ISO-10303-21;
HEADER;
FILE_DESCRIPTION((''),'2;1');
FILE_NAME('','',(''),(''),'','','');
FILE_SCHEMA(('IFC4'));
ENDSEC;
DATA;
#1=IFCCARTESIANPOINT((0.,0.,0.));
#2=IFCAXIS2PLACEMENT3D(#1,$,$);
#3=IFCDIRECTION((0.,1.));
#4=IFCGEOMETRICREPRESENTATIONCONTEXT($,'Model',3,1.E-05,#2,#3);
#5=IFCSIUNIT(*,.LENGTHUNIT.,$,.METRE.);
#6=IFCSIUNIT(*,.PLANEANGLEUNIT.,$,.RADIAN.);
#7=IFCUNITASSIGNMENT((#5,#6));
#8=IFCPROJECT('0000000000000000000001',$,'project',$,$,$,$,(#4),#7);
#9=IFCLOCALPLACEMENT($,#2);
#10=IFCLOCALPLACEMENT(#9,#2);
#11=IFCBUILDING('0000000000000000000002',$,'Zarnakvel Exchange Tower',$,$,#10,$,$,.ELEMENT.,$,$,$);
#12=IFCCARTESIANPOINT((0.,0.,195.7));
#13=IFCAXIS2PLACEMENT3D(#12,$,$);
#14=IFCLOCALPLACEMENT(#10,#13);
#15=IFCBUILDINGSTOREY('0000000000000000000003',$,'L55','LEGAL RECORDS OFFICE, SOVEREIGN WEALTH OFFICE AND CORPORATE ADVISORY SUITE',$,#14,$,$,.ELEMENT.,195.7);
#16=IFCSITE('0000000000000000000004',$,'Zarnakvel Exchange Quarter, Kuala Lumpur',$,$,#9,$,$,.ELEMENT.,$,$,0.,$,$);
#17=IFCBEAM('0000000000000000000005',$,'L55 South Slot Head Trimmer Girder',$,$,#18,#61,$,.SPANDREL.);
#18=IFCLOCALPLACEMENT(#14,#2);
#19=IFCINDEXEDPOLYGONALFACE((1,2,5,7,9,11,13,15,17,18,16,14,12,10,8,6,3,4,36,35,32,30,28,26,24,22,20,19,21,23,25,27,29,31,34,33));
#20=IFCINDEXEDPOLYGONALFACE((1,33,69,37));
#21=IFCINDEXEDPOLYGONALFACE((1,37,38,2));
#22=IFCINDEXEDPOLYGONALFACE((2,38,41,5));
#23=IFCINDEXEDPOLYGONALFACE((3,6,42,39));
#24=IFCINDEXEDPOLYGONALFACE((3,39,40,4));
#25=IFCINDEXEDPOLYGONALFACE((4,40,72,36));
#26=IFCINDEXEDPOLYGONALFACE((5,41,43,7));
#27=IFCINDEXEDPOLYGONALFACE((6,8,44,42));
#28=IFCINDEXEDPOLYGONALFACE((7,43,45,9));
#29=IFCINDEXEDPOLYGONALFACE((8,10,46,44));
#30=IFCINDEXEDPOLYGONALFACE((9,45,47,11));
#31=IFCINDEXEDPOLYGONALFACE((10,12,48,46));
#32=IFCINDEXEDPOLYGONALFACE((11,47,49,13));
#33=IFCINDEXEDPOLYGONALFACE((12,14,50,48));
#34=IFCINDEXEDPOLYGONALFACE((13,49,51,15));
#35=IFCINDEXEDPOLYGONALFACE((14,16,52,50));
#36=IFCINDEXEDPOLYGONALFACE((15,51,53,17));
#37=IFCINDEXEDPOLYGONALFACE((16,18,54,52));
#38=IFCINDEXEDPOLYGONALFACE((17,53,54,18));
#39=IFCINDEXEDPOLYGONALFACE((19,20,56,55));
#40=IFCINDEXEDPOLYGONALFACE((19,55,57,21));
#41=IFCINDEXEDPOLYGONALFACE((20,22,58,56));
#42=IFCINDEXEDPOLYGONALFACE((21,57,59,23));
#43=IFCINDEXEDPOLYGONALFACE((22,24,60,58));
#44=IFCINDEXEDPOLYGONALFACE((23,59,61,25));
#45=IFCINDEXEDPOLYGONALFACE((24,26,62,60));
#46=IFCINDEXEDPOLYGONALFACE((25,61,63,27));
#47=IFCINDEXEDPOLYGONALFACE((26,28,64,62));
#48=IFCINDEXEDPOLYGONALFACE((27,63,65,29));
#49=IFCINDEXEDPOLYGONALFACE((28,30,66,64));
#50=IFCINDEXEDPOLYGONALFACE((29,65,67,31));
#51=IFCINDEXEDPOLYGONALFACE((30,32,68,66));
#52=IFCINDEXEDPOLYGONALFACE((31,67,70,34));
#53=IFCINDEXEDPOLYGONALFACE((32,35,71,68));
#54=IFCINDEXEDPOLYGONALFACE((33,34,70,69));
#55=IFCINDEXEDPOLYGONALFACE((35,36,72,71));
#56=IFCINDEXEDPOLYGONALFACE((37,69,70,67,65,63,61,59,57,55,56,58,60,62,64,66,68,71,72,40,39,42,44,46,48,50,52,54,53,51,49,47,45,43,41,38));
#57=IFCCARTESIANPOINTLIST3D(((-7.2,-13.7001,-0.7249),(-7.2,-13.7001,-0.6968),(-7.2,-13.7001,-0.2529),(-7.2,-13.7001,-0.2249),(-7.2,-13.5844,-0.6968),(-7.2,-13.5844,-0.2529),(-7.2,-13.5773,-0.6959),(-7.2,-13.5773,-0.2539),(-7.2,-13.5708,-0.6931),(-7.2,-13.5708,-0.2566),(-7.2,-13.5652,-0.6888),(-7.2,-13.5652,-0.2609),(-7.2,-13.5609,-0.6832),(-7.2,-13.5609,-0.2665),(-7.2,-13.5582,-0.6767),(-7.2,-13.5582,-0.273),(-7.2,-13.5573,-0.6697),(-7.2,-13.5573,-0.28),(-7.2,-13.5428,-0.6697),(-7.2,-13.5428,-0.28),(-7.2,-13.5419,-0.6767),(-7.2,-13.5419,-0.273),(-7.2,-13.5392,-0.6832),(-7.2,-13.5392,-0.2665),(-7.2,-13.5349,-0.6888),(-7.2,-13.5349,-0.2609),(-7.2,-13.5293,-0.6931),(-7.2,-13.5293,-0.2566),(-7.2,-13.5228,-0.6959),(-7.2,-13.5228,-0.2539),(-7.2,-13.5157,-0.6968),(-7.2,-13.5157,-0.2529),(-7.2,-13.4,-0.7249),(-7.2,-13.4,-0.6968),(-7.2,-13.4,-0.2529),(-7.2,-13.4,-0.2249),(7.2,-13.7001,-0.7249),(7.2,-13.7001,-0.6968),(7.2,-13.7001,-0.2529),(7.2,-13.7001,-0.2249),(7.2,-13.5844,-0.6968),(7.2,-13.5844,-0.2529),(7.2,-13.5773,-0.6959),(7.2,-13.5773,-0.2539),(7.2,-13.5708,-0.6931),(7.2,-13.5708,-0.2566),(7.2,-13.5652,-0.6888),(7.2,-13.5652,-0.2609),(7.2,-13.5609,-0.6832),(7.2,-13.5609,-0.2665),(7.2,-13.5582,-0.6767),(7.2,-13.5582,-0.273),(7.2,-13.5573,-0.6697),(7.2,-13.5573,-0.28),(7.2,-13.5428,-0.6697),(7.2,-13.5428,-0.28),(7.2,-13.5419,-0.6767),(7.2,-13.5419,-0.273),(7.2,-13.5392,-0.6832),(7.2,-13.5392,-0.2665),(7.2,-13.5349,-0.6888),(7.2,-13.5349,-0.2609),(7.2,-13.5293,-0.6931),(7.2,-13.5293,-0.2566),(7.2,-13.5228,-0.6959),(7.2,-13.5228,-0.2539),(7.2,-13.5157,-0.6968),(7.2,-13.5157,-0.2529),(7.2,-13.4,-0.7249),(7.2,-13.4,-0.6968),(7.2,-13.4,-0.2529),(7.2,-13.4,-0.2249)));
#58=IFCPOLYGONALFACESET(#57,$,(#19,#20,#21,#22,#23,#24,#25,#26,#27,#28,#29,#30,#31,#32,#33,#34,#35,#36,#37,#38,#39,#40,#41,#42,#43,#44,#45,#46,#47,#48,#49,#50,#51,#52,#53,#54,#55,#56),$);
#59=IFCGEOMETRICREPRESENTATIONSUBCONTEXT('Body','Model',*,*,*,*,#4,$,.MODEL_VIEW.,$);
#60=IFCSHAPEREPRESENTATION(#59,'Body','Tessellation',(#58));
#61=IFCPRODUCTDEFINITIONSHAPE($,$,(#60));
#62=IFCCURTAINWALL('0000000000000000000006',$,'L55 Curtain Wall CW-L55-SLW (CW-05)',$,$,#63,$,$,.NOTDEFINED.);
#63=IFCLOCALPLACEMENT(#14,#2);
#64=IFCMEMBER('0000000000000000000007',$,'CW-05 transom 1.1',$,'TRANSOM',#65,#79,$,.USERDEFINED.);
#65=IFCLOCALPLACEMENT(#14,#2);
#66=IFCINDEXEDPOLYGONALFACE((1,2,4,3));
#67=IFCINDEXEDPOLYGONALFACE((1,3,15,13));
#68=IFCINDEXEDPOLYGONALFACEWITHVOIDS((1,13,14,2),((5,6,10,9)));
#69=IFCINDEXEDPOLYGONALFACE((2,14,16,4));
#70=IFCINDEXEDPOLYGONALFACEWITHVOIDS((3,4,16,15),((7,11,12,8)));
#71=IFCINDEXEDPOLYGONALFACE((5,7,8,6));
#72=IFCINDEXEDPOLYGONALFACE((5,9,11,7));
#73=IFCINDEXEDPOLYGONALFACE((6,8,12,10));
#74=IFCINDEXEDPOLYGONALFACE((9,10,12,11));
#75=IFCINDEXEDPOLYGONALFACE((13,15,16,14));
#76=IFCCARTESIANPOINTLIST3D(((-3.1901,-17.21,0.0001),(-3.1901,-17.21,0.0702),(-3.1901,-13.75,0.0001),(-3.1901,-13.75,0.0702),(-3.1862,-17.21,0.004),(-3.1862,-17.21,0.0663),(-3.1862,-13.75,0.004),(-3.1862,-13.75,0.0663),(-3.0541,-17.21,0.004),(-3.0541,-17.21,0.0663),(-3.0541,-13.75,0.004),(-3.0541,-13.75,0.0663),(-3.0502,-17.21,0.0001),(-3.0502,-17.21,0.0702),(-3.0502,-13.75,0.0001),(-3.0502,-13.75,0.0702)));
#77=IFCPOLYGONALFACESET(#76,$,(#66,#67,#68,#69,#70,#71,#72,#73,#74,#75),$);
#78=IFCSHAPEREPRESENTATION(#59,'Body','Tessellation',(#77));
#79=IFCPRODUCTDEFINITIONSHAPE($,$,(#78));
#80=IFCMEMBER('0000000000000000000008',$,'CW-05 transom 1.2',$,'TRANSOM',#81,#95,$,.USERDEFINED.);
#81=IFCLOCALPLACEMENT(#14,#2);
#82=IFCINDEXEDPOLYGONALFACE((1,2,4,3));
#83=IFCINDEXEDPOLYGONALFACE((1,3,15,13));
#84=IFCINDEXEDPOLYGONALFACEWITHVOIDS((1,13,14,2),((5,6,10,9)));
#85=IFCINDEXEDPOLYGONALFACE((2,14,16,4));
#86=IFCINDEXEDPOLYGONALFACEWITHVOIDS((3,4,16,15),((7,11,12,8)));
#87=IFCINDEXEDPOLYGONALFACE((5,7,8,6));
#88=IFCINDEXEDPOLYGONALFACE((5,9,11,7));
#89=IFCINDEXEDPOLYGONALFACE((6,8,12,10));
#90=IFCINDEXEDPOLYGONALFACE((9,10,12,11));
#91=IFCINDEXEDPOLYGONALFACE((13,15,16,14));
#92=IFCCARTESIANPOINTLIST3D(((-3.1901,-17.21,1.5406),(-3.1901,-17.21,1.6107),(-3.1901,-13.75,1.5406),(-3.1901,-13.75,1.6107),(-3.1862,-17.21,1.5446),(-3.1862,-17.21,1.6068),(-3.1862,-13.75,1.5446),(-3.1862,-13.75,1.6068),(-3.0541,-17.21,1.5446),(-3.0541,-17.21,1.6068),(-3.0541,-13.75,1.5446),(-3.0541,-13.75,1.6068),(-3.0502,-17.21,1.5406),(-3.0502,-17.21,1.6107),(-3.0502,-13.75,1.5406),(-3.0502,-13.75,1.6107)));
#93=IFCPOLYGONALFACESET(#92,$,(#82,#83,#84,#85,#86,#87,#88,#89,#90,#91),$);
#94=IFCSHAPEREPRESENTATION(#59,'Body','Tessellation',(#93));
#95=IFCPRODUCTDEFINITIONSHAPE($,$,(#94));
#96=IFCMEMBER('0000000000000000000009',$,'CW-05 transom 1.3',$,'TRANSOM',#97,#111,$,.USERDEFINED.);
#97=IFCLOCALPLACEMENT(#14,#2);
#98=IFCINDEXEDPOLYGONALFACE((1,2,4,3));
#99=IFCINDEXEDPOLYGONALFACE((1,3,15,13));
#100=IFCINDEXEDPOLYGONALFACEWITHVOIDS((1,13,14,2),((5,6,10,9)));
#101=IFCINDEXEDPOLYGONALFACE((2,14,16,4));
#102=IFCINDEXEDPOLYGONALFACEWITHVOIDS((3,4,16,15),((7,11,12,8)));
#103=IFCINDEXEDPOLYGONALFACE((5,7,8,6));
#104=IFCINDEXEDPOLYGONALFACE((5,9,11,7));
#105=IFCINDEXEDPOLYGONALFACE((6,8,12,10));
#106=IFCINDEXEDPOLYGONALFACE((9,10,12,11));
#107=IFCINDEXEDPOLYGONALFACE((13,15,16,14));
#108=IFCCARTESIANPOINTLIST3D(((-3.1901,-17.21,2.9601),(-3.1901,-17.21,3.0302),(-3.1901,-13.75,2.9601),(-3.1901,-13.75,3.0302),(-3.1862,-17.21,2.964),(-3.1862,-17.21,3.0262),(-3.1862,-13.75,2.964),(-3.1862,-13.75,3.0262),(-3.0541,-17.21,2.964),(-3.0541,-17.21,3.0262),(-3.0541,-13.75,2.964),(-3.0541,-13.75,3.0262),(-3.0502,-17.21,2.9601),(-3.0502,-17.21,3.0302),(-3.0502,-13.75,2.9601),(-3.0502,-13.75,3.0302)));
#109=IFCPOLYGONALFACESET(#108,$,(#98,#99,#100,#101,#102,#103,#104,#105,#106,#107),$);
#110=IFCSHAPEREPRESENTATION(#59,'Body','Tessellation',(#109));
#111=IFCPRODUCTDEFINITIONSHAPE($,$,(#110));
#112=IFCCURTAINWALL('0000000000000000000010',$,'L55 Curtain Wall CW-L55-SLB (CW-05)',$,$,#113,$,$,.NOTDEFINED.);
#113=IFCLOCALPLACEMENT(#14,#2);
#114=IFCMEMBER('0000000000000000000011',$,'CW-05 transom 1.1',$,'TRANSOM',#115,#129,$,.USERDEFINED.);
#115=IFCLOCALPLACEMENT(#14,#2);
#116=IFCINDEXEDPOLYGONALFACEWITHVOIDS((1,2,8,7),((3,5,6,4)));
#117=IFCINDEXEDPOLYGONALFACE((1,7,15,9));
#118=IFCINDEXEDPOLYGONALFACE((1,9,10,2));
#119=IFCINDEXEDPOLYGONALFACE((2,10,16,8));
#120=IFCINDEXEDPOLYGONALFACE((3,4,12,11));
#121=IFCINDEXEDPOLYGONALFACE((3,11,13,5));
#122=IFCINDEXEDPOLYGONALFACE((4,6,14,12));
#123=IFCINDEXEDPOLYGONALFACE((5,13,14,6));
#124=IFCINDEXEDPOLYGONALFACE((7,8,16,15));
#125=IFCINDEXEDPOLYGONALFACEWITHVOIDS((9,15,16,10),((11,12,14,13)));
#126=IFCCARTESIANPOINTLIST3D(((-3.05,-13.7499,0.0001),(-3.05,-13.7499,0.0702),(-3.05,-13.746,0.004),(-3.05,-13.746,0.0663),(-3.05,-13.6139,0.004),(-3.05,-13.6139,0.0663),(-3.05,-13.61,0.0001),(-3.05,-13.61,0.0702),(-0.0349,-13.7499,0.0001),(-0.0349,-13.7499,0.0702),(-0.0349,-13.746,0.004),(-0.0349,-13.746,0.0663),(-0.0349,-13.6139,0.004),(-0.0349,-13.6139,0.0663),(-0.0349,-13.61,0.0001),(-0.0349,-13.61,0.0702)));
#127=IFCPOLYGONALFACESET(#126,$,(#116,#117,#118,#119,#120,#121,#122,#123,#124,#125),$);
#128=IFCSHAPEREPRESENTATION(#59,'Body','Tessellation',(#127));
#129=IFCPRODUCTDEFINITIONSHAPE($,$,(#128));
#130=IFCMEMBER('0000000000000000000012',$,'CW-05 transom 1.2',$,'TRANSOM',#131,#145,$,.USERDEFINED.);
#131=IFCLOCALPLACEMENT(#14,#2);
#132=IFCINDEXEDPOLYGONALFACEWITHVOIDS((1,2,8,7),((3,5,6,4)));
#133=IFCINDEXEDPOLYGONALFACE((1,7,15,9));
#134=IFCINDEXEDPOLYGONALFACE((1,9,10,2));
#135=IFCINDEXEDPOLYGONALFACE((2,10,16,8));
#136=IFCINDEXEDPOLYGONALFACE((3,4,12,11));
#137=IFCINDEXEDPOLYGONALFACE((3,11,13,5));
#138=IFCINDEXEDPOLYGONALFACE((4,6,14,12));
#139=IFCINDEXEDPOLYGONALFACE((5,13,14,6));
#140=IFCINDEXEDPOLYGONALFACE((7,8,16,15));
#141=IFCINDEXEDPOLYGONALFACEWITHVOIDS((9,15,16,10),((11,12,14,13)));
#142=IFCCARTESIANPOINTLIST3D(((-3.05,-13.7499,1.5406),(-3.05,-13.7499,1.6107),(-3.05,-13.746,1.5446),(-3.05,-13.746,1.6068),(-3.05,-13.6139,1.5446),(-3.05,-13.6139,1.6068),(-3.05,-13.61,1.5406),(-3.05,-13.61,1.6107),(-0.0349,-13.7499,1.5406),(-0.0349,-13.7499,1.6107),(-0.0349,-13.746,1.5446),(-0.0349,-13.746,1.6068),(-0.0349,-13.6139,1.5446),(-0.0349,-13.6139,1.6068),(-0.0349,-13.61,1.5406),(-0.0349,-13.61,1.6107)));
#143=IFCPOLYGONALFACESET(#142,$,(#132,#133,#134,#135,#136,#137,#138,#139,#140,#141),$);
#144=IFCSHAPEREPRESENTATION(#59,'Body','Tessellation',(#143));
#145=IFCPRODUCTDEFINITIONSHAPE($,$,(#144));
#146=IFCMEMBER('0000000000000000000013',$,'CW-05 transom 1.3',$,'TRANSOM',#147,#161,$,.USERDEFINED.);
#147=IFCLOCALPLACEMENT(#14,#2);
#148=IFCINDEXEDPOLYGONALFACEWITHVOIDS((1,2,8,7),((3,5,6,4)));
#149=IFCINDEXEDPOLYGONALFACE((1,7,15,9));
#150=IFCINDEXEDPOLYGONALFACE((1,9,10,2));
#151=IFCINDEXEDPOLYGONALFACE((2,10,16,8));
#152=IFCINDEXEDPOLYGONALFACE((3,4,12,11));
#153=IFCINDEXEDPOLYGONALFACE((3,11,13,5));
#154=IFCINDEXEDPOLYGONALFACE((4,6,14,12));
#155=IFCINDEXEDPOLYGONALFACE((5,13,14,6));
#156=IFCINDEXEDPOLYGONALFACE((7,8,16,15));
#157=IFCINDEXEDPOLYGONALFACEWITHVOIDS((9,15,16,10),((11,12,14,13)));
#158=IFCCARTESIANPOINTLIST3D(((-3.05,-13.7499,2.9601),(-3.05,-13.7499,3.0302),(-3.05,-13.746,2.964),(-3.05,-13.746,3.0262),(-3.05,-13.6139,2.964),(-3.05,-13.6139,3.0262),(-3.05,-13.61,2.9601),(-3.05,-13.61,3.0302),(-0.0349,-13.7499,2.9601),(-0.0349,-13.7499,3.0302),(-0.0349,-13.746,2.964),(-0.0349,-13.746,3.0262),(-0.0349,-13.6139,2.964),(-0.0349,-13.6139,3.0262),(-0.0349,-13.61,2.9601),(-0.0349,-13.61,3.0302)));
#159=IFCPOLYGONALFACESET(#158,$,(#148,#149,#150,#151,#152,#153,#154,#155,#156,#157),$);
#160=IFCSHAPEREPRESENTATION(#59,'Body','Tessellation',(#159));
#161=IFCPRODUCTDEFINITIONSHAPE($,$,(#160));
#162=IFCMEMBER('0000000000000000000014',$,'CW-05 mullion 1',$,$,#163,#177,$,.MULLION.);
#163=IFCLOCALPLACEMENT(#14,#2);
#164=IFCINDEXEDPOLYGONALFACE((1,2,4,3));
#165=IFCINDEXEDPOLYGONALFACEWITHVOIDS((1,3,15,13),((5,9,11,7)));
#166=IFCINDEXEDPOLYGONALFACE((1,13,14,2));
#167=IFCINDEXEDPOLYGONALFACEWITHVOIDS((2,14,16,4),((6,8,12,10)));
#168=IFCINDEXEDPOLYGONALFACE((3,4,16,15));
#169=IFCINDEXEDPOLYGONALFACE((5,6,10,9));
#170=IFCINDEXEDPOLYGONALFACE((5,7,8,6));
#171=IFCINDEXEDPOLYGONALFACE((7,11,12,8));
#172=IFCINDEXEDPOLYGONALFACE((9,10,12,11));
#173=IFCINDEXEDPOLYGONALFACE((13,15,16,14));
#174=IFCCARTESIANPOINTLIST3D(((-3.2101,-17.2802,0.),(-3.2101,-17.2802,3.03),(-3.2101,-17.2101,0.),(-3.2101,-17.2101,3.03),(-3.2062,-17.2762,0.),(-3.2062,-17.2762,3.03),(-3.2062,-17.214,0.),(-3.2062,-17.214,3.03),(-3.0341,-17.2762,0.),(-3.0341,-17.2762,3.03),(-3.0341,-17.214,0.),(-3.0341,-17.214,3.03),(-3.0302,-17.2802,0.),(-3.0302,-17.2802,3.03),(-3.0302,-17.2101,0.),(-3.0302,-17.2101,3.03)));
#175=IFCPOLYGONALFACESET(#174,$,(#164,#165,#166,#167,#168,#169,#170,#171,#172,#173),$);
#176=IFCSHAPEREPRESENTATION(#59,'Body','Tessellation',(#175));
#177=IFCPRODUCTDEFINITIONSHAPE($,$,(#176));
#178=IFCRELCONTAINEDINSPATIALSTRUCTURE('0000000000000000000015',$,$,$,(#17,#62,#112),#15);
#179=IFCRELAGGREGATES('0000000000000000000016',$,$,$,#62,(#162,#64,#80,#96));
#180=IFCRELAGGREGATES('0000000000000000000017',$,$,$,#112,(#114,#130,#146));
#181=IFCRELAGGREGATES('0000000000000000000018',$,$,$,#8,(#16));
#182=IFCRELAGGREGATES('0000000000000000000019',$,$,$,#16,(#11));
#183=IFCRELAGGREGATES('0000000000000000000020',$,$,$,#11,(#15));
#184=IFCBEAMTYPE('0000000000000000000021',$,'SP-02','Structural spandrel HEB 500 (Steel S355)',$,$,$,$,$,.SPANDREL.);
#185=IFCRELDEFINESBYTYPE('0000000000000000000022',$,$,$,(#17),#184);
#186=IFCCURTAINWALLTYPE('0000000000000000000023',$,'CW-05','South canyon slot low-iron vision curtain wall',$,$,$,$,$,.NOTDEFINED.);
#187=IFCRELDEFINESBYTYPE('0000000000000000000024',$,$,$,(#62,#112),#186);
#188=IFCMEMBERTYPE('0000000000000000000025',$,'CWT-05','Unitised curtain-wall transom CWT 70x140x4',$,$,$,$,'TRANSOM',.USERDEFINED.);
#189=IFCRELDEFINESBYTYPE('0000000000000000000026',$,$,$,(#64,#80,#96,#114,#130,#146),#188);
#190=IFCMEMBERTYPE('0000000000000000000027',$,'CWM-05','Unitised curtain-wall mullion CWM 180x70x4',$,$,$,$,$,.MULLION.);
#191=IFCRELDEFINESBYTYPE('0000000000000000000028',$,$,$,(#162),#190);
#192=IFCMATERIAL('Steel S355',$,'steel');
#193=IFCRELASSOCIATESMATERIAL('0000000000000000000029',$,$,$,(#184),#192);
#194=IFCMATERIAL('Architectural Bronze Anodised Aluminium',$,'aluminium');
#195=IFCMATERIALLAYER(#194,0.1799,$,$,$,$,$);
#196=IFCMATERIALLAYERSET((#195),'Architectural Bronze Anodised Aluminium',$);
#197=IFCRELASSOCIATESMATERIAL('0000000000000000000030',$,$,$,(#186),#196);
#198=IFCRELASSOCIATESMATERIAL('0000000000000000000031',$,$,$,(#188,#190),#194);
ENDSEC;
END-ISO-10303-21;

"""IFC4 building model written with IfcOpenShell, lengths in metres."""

from ifc_helpers import new_model, si_unit, direction, frame, origin, origin_2d, place, context, subcontext, project, spatial, hollow_rectangle, i_section, extrude, source, transform, mapped, material, layer, layer_set, material_profile, profile_set, type_object, element, aggregate, save


model = new_model("IFC4")

# Units and contexts
model_context = context("Model", 3, precision=1e-05, world=origin(), true_north=direction((0.0, 1.0)))
body_context = subcontext(model_context, "Body", "Model", "MODEL_VIEW")
ifc_project = project(units=[si_unit("LENGTHUNIT", "METRE"), si_unit("PLANEANGLEUNIT", "RADIAN")], contexts=[model_context])

# Site, building, storey
site_placement = place(None, origin())
site = spatial("IfcSite", under=ifc_project, at=site_placement, Name="Zarnakvel Exchange Quarter, Kuala Lumpur", CompositionType="ELEMENT", RefElevation=0.0)
building_placement = place(site_placement, origin())
building = spatial("IfcBuilding", under=site, at=building_placement, Name="Zarnakvel Exchange Tower", CompositionType="ELEMENT")
storey_placement = place(building_placement, frame((0.0, 0.0, 195.7)))
storey = spatial("IfcBuildingStorey", under=building, at=storey_placement, Name="L55", Description="LEGAL RECORDS OFFICE, SOVEREIGN WEALTH OFFICE AND CORPORATE ADVISORY SUITE", CompositionType="ELEMENT", Elevation=195.7)

# Beam
ifc_material_1 = material(Name="Steel S355", Category="steel")
ifc_material_profile_1 = material_profile(ifc_material_1, i_section(OverallWidth=0.3, OverallDepth=0.5, WebThickness=0.0144, FlangeThickness=0.0281, FilletRadius=0.0271, at=origin_2d()))
ifc_profile_set_1 = profile_set([ifc_material_profile_1], Name="Steel S355")
beam_type_1 = type_object("IfcBeamType", Name="SP-02", Description="Structural spandrel HEB 500 (Steel S355)", PredefinedType="SPANDREL", material=ifc_profile_set_1)
beam_1_placement = place(storey_placement, frame((-7.2, -13.55, -0.4749), z_axis=(1.0, 0.0, 0.0), x_axis=(0.0, 1.0, 0.0)))
element("IfcBeam", 1, at=beam_1_placement, inside=storey, type_object=beam_type_1, Name="L55 South Slot Head Trimmer Girder", PredefinedType="SPANDREL", context=body_context, shape_type="SweptSolid", body=[
    extrude(i_section(OverallWidth=0.3, OverallDepth=0.5, WebThickness=0.0144, FlangeThickness=0.0281, FilletRadius=0.0271, at=origin_2d()), origin(), (0.0, 0.0, 1.0), 14.3999),
])

# Curtain walls, members
ifc_material_2 = material(Name="Architectural Bronze Anodised Aluminium", Category="aluminium")
ifc_layer_1 = layer(ifc_material_2, 0.1799)
ifc_layer_set_1 = layer_set([ifc_layer_1], Name="Architectural Bronze Anodised Aluminium")
curtain_wall_type = type_object("IfcCurtainWallType", Name="CW-05", Description="South canyon slot low-iron vision curtain wall", PredefinedType="NOTDEFINED", material=ifc_layer_set_1)
curtain_wall_1_placement = place(storey_placement, origin())
curtain_wall_1 = element("IfcCurtainWall", 2, at=curtain_wall_1_placement, inside=storey, type_object=curtain_wall_type, Name="L55 Curtain Wall CW-L55-SLW (CW-05)", PredefinedType="NOTDEFINED")
ifc_material_profile_2 = material_profile(ifc_material_2, hollow_rectangle(XDim=0.1399, YDim=0.0701, WallThickness=0.0039, at=origin_2d()))
ifc_profile_set_2 = profile_set([ifc_material_profile_2], Name="Architectural Bronze Anodised Aluminium")
member_type_1 = type_object("IfcMemberType", Name="CWT-05", Description="Unitised curtain-wall transom CWT 70x140x4", ElementType="TRANSOM", PredefinedType="USERDEFINED", material=ifc_profile_set_2)
shared_shape_1 = source(origin(), body_context, "Body", "SweptSolid", [
    extrude(hollow_rectangle(XDim=0.1399, YDim=0.0701, WallThickness=0.0039, at=origin_2d()), origin(), (0.0, 0.0, 1.0), 3.46),
])
member_1_placement = place(storey_placement, frame((-3.1201, -17.21, 0.0352), z_axis=(0.0, 1.0, 0.0), x_axis=(-1.0, 0.0, 0.0)))
member_1 = element("IfcMember", 3, at=member_1_placement, type_object=member_type_1, Name="CW-05 transom 1.1", ObjectType="TRANSOM", PredefinedType="USERDEFINED", context=body_context, shape_type="MappedRepresentation", body=[
    mapped(shared_shape_1, transform((0.0, 0.0, 0.0), x_axis=(1.0, 0.0, 0.0), y_axis=(0.0, 1.0, 0.0), z_axis=(0.0, 0.0, 1.0), scale=1.0)),
])
member_2_placement = place(storey_placement, frame((-3.1201, -17.21, 1.5757), z_axis=(0.0, 1.0, 0.0), x_axis=(-1.0, 0.0, 0.0)))
member_2 = element("IfcMember", 4, at=member_2_placement, type_object=member_type_1, Name="CW-05 transom 1.2", ObjectType="TRANSOM", PredefinedType="USERDEFINED", context=body_context, shape_type="MappedRepresentation", body=[
    mapped(shared_shape_1, transform((0.0, 0.0, 0.0), x_axis=(1.0, 0.0, 0.0), y_axis=(0.0, 1.0, 0.0), z_axis=(0.0, 0.0, 1.0), scale=1.0)),
])
member_3_placement = place(storey_placement, frame((-3.1201, -17.21, 2.9951), z_axis=(0.0, 1.0, 0.0), x_axis=(-1.0, 0.0, 0.0)))
member_3 = element("IfcMember", 5, at=member_3_placement, type_object=member_type_1, Name="CW-05 transom 1.3", ObjectType="TRANSOM", PredefinedType="USERDEFINED", context=body_context, shape_type="MappedRepresentation", body=[
    mapped(shared_shape_1, transform((0.0, 0.0, 0.0), x_axis=(1.0, 0.0, 0.0), y_axis=(0.0, 1.0, 0.0), z_axis=(0.0, 0.0, 1.0), scale=1.0)),
])
curtain_wall_2_placement = place(storey_placement, origin())
curtain_wall_2 = element("IfcCurtainWall", 6, at=curtain_wall_2_placement, inside=storey, type_object=curtain_wall_type, Name="L55 Curtain Wall CW-L55-SLB (CW-05)", PredefinedType="NOTDEFINED")
shared_shape_2 = source(origin(), body_context, "Body", "SweptSolid", [
    extrude(hollow_rectangle(XDim=0.1399, YDim=0.0701, WallThickness=0.0039, at=origin_2d()), origin(), (0.0, 0.0, 1.0), 3.0151),
])
member_4_placement = place(storey_placement, frame((-3.05, -13.6799, 0.0352), z_axis=(1.0, 0.0, 0.0), x_axis=(0.0, 1.0, 0.0)))
member_4 = element("IfcMember", 7, at=member_4_placement, type_object=member_type_1, Name="CW-05 transom 1.1", ObjectType="TRANSOM", PredefinedType="USERDEFINED", context=body_context, shape_type="MappedRepresentation", body=[
    mapped(shared_shape_2, transform((0.0, 0.0, 0.0), x_axis=(1.0, 0.0, 0.0), y_axis=(0.0, 1.0, 0.0), z_axis=(0.0, 0.0, 1.0), scale=1.0)),
])
member_5_placement = place(storey_placement, frame((-3.05, -13.6799, 1.5757), z_axis=(1.0, 0.0, 0.0), x_axis=(0.0, 1.0, 0.0)))
member_5 = element("IfcMember", 8, at=member_5_placement, type_object=member_type_1, Name="CW-05 transom 1.2", ObjectType="TRANSOM", PredefinedType="USERDEFINED", context=body_context, shape_type="MappedRepresentation", body=[
    mapped(shared_shape_2, transform((0.0, 0.0, 0.0), x_axis=(1.0, 0.0, 0.0), y_axis=(0.0, 1.0, 0.0), z_axis=(0.0, 0.0, 1.0), scale=1.0)),
])
member_6_placement = place(storey_placement, frame((-3.05, -13.6799, 2.9951), z_axis=(1.0, 0.0, 0.0), x_axis=(0.0, 1.0, 0.0)))
member_6 = element("IfcMember", 9, at=member_6_placement, type_object=member_type_1, Name="CW-05 transom 1.3", ObjectType="TRANSOM", PredefinedType="USERDEFINED", context=body_context, shape_type="MappedRepresentation", body=[
    mapped(shared_shape_2, transform((0.0, 0.0, 0.0), x_axis=(1.0, 0.0, 0.0), y_axis=(0.0, 1.0, 0.0), z_axis=(0.0, 0.0, 1.0), scale=1.0)),
])

# Member
ifc_material_profile_3 = material_profile(ifc_material_2, hollow_rectangle(XDim=0.1799, YDim=0.0701, WallThickness=0.0039, at=origin_2d()))
ifc_profile_set_3 = profile_set([ifc_material_profile_3], Name="Architectural Bronze Anodised Aluminium")
member_type_2 = type_object("IfcMemberType", Name="CWM-05", Description="Unitised curtain-wall mullion CWM 180x70x4", PredefinedType="MULLION", material=ifc_profile_set_3)
shared_shape_3 = source(origin(), body_context, "Body", "SweptSolid", [
    extrude(hollow_rectangle(XDim=0.1799, YDim=0.0701, WallThickness=0.0039, at=origin_2d()), origin(), (0.0, 0.0, 1.0), 3.03),
])
member_7_placement = place(storey_placement, frame((-3.1201, -17.2451, 0.0), z_axis=(0.0, 0.0, 1.0), x_axis=(-1.0, 0.0, 0.0)))
member_7 = element("IfcMember", 10, at=member_7_placement, type_object=member_type_2, Name="CW-05 mullion 1", PredefinedType="MULLION", context=body_context, shape_type="MappedRepresentation", body=[
    mapped(shared_shape_3, transform((0.0, 0.0, 0.0), x_axis=(1.0, 0.0, 0.0), y_axis=(0.0, 1.0, 0.0), z_axis=(0.0, 0.0, 1.0), scale=1.0)),
])

aggregate(curtain_wall_1, [member_7, member_1, member_2, member_3])
aggregate(curtain_wall_2, [member_4, member_5, member_6])

save(model, "model.ifc")
